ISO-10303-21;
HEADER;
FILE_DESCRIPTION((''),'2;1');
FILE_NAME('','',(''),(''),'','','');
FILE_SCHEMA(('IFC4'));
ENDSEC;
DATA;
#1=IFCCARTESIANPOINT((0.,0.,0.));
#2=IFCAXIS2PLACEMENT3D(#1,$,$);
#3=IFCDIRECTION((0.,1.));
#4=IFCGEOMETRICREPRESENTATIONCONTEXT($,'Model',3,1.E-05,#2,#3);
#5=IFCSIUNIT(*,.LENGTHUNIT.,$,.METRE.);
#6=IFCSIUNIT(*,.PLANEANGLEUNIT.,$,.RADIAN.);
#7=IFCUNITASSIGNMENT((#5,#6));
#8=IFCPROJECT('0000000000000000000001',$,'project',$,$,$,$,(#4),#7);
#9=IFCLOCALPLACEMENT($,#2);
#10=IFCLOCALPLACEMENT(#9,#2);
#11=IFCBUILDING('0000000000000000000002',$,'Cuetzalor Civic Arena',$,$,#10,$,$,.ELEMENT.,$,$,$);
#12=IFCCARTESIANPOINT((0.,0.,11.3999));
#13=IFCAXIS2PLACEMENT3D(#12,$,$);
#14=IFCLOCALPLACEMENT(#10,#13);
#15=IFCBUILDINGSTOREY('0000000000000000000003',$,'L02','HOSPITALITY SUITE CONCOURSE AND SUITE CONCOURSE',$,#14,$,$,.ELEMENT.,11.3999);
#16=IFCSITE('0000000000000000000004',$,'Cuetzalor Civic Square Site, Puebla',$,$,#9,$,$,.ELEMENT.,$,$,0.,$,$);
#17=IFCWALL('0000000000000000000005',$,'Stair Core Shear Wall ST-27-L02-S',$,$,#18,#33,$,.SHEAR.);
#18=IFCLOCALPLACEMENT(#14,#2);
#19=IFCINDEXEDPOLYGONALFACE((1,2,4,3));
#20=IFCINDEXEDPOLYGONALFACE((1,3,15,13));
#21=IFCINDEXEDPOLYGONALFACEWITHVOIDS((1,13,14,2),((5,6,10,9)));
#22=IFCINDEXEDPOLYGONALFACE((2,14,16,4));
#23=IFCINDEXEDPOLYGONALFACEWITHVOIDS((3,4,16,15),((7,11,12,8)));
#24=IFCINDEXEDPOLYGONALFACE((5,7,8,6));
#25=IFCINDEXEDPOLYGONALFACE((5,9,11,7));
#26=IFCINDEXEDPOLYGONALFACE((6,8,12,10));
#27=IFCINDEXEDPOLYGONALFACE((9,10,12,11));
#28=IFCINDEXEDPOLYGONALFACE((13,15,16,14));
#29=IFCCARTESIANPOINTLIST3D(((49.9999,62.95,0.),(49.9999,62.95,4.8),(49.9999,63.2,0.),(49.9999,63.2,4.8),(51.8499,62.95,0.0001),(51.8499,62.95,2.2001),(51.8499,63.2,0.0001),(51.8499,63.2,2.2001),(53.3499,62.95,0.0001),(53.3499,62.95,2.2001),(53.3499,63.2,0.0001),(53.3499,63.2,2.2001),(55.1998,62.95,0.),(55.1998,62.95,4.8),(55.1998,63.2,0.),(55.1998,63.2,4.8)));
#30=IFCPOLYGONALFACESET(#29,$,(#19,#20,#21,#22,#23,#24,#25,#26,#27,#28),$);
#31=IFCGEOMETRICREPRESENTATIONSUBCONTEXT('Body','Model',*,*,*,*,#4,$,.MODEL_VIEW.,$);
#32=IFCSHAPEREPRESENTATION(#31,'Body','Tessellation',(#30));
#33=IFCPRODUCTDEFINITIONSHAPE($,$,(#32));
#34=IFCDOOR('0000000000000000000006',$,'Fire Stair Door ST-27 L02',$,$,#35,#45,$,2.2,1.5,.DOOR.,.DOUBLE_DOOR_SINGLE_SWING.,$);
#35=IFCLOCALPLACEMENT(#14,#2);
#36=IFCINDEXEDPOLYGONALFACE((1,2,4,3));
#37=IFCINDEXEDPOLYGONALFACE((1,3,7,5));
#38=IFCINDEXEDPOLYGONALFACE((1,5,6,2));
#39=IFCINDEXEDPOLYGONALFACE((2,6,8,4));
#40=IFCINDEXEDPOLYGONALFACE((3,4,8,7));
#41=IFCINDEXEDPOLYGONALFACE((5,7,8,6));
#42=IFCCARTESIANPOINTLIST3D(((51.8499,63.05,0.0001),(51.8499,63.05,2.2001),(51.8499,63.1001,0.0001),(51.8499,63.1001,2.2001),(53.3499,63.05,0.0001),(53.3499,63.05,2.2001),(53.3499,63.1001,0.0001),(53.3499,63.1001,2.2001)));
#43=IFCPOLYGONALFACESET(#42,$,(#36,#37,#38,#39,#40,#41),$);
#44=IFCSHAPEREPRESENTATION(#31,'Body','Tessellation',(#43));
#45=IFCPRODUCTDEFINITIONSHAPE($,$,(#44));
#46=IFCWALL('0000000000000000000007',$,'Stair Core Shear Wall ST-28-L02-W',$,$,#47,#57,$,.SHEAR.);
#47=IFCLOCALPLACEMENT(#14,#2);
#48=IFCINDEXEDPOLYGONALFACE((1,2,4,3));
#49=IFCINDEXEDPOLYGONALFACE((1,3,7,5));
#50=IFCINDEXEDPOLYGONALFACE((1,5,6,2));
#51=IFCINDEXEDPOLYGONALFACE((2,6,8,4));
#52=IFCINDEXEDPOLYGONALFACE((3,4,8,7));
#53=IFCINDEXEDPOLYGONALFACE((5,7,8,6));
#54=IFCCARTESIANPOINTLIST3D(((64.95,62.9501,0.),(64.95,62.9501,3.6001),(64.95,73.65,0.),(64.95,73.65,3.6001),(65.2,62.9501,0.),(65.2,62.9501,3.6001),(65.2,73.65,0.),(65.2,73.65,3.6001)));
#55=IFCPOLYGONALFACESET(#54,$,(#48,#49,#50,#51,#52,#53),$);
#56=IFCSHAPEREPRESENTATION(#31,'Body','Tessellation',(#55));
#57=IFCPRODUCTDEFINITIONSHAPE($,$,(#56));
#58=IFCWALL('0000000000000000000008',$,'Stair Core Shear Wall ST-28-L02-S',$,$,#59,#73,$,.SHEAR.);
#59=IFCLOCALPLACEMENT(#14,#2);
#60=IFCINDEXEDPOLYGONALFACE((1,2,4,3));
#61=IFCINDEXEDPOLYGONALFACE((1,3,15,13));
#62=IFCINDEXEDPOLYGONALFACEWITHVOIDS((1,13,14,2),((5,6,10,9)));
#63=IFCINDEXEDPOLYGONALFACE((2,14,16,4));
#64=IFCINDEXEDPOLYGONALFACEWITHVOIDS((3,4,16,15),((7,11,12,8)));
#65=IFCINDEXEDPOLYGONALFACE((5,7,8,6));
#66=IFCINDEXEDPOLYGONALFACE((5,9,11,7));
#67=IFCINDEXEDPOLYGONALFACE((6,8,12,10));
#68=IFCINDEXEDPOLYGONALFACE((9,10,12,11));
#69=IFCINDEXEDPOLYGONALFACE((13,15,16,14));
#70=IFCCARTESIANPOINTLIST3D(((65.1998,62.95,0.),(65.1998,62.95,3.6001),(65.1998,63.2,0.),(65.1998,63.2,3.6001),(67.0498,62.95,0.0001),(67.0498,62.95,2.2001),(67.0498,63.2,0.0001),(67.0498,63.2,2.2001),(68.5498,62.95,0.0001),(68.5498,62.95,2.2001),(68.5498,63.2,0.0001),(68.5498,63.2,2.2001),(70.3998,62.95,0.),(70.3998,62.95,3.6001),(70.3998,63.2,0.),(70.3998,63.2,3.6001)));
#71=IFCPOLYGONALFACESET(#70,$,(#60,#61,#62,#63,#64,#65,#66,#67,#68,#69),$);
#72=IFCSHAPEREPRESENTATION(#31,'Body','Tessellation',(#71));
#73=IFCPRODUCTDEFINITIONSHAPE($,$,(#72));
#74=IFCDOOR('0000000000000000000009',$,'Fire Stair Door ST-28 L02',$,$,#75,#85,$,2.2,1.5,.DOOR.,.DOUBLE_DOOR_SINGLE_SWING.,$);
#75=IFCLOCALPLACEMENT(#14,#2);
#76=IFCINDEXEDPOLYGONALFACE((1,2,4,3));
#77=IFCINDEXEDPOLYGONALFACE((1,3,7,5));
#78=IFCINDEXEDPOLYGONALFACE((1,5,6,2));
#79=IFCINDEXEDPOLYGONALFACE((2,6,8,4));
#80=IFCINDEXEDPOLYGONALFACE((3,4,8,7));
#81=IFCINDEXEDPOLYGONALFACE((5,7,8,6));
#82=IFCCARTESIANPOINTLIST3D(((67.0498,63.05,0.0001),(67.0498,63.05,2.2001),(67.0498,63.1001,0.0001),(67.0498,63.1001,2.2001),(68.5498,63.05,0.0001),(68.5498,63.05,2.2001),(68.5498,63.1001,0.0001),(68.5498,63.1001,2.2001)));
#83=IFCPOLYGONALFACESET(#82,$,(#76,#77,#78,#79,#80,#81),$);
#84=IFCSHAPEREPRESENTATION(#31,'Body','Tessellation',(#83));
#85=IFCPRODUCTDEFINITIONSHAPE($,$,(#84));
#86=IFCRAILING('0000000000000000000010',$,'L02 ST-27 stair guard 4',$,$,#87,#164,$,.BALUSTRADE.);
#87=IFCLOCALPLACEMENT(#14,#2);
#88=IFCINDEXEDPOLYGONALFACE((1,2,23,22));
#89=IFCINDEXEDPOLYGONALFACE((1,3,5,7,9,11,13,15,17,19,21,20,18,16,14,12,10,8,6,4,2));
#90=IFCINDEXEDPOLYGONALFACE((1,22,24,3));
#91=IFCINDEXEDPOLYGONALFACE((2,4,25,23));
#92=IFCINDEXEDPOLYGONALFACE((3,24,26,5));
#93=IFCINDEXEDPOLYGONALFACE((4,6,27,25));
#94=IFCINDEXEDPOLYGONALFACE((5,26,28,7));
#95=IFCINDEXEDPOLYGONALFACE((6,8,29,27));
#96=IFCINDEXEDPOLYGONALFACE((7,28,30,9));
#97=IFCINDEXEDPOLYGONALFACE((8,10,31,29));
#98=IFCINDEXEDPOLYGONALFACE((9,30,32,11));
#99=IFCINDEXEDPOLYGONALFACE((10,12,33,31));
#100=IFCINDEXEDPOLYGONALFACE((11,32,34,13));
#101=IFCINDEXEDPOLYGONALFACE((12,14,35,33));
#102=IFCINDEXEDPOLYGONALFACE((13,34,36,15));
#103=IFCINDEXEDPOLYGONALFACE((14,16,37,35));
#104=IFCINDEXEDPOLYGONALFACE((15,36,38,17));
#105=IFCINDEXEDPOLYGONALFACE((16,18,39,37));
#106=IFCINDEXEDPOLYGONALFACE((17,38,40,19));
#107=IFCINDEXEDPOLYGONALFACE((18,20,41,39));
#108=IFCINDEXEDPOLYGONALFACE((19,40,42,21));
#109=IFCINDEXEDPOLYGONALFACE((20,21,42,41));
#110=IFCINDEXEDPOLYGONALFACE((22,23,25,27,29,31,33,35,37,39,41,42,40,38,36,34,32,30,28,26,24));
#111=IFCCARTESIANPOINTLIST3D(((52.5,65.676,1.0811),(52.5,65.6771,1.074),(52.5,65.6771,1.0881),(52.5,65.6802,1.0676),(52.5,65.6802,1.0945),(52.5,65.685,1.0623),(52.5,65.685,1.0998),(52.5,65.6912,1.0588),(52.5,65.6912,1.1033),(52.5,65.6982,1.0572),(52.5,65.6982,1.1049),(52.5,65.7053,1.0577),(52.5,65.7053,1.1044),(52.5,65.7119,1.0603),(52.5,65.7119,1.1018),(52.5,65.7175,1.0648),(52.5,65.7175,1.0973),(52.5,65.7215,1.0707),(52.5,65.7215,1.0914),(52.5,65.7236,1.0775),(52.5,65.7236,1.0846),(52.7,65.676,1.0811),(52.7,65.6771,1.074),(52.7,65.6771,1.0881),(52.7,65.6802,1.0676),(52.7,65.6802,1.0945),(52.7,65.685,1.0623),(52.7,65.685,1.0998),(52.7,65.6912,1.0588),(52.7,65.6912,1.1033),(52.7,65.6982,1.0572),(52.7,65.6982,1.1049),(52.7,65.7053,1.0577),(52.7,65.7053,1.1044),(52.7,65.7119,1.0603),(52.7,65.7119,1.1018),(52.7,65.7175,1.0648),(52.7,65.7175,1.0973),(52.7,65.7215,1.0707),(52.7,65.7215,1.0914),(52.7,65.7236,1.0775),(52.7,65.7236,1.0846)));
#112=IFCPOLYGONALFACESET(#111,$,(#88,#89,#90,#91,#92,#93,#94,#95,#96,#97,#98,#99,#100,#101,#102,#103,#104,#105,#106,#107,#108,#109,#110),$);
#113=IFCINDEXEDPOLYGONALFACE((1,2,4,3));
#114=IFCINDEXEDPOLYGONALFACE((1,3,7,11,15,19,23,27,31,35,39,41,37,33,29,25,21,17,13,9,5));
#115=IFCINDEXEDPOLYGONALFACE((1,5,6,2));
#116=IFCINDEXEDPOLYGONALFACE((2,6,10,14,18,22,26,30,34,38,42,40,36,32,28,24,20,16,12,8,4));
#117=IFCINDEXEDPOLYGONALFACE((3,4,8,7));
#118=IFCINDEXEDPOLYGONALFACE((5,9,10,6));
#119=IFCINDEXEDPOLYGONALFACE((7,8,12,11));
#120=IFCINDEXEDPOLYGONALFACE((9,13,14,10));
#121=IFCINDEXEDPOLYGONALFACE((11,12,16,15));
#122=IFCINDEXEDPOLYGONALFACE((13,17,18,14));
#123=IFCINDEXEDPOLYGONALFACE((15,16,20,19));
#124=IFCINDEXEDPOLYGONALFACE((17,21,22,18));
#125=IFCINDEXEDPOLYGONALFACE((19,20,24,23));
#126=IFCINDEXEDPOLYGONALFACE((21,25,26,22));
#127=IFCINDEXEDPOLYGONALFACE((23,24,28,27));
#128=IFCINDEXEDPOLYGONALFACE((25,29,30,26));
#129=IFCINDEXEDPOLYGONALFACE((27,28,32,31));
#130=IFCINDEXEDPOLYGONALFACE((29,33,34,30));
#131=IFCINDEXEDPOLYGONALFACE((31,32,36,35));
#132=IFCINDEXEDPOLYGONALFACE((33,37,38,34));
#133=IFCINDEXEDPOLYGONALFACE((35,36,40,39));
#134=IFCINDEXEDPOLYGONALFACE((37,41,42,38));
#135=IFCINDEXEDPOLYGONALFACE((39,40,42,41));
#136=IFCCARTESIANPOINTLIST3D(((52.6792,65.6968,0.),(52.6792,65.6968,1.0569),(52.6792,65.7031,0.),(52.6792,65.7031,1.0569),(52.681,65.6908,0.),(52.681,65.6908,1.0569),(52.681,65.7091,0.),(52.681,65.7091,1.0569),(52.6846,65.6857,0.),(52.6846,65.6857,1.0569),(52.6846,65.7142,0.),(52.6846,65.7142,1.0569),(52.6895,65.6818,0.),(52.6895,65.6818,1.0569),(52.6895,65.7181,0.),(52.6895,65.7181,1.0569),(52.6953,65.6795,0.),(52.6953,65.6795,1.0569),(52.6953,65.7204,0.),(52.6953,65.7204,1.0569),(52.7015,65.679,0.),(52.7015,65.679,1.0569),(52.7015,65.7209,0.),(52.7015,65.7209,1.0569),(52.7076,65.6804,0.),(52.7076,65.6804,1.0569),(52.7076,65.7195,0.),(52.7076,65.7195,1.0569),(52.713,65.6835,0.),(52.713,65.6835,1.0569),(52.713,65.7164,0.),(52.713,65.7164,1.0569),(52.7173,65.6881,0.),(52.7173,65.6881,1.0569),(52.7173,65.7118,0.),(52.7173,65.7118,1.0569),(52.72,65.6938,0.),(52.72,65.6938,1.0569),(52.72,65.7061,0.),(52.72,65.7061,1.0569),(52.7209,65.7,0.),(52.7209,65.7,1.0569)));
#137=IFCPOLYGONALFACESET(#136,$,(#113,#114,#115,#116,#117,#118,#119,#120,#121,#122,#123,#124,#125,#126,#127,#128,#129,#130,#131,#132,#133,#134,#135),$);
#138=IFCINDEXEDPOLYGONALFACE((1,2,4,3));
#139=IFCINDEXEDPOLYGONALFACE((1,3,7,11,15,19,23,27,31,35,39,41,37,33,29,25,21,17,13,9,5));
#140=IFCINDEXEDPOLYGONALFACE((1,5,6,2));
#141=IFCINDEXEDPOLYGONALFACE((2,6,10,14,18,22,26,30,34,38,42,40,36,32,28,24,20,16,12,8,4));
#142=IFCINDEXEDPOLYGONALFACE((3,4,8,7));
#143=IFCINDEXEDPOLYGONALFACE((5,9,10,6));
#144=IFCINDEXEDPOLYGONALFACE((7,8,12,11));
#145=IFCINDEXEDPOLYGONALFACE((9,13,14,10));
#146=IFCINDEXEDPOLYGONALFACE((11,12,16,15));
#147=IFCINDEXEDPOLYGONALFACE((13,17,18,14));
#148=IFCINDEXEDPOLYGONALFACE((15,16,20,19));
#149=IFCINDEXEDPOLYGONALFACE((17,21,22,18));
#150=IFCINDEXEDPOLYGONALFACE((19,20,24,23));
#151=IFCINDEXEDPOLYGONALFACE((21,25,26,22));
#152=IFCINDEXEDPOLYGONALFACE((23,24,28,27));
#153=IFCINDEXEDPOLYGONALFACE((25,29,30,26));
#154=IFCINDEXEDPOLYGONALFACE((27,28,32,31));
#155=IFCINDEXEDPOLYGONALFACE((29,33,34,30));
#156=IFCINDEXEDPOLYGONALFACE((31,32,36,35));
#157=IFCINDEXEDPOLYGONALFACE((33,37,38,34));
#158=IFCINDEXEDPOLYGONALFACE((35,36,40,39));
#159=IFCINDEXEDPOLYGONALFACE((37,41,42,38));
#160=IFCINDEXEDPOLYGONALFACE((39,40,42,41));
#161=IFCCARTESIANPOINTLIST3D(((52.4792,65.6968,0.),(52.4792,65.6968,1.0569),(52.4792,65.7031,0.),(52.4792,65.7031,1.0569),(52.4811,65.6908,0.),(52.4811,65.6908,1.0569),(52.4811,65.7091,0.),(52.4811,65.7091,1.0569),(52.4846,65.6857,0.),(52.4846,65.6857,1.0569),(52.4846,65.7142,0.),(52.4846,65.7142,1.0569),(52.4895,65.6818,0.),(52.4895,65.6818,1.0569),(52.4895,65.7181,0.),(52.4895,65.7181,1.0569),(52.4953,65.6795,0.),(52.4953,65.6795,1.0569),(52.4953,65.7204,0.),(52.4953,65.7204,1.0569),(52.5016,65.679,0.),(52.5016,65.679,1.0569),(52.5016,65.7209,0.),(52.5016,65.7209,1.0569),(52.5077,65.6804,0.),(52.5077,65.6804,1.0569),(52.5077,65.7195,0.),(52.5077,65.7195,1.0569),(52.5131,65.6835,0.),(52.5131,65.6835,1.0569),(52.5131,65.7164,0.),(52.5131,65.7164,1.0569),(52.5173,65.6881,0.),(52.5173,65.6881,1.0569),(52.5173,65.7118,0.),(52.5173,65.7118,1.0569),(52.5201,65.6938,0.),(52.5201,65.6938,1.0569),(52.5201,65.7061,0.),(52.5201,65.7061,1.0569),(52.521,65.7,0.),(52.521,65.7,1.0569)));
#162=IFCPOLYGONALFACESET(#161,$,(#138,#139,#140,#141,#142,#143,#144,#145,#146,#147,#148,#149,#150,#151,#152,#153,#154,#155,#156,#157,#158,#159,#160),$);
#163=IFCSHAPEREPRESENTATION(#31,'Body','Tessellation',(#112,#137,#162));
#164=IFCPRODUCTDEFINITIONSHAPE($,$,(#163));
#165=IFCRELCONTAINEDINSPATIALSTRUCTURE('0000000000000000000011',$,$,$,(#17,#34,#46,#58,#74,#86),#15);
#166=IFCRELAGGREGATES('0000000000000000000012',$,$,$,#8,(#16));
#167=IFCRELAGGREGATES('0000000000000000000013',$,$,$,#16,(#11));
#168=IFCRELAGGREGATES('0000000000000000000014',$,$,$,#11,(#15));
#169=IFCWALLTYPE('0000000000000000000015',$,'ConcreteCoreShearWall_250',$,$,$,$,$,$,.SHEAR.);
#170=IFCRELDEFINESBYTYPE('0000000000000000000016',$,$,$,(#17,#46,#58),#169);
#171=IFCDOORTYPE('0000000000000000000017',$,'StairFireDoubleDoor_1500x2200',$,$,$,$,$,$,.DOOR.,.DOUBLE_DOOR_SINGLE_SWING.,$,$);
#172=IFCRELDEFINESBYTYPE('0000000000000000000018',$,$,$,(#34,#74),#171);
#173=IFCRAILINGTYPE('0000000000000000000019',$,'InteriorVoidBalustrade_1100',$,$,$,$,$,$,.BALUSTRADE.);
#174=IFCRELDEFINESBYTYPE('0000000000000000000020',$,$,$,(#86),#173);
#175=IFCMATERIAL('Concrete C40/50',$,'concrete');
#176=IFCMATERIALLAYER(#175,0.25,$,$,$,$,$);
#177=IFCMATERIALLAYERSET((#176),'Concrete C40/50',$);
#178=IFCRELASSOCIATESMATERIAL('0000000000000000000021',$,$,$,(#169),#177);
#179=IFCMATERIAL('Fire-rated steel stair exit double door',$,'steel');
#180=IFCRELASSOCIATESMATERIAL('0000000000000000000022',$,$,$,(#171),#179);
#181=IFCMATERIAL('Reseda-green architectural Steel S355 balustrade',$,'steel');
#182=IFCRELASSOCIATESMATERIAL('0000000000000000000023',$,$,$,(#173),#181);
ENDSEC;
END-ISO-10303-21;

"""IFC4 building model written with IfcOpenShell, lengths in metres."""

from ifc_helpers import new_model, si_unit, direction, frame, frame_2d, origin, origin_2d, place, context, subcontext, project, spatial, rectangle, circle, extrude, material, layer, layer_set, type_object, element, fill, save


model = new_model("IFC4")

# Units and contexts
model_context = context("Model", 3, precision=1e-05, world=origin(), true_north=direction((0.0, 1.0)))
body_context = subcontext(model_context, "Body", "Model", "MODEL_VIEW")
ifc_project = project(units=[si_unit("LENGTHUNIT", "METRE"), si_unit("PLANEANGLEUNIT", "RADIAN")], contexts=[model_context])

# Site, building, storey
site_placement = place(None, origin())
site = spatial("IfcSite", under=ifc_project, at=site_placement, Name="Cuetzalor Civic Square Site, Puebla", CompositionType="ELEMENT", RefElevation=0.0)
building_placement = place(site_placement, origin())
building = spatial("IfcBuilding", under=site, at=building_placement, Name="Cuetzalor Civic Arena", CompositionType="ELEMENT")
storey_placement = place(building_placement, frame((0.0, 0.0, 11.3999)))
storey = spatial("IfcBuildingStorey", under=building, at=storey_placement, Name="L02", Description="HOSPITALITY SUITE CONCOURSE AND SUITE CONCOURSE", CompositionType="ELEMENT", Elevation=11.3999)

# Shared definitions
ifc_material_1 = material(Name="Concrete C40/50", Category="concrete")
ifc_layer_1 = layer(ifc_material_1, 0.25)
ifc_layer_set_1 = layer_set([ifc_layer_1], Name="Concrete C40/50")
wall_type_1 = type_object("IfcWallType", Name="ConcreteCoreShearWall_250", PredefinedType="SHEAR", material=ifc_layer_set_1)

# Wall, opening, door
wall_1_placement = place(storey_placement, frame((55.2, 63.075, 0.0), z_axis=(0.0, 0.0, 1.0), x_axis=(-1.0, 0.0, 0.0)))
wall_1 = element("IfcWall", 1, at=wall_1_placement, inside=storey, type_object=wall_type_1, Name="Stair Core Shear Wall ST-27-L02-S", PredefinedType="SHEAR", context=body_context, shape_type="SweptSolid", body=[
    extrude(rectangle(XDim=5.2, YDim=0.25, at=frame_2d((2.6001, 0.0))), origin(), (0.0, 0.0, 1.0), 4.8),
])
opening_1_placement = place(wall_1_placement, frame((1.8501, 0.0, 0.0)))
opening_1 = element("IfcOpeningElement", 2, at=opening_1_placement, cuts=wall_1, PredefinedType="OPENING", context=body_context, shape_type="SweptSolid", body=[
    extrude(rectangle(XDim=1.5, YDim=2.2, at=frame_2d((0.75, 1.1001))), frame((0.0, 0.135, 0.0), z_axis=(0.0, -1.0, 0.0), x_axis=(1.0, 0.0, 0.0)), (0.0, 0.0, 1.0), 0.27),
])
ifc_material_2 = material(Name="Fire-rated steel stair exit double door", Category="steel")
door_type_1 = type_object("IfcDoorType", Name="StairFireDoubleDoor_1500x2200", OperationType="DOUBLE_DOOR_SINGLE_SWING", PredefinedType="DOOR", material=ifc_material_2)
door_1_placement = place(opening_1_placement, origin())
door_1 = element("IfcDoor", 3, at=door_1_placement, inside=storey, type_object=door_type_1, Name="Fire Stair Door ST-27 L02", OperationType="DOUBLE_DOOR_SINGLE_SWING", OverallHeight=2.2, OverallWidth=1.5, PredefinedType="DOOR", context=body_context, shape_type="SweptSolid", body=[
    extrude(rectangle(XDim=1.5, YDim=2.2, at=frame_2d((0.75, 1.1001))), frame((0.0, 0.0249, 0.0), z_axis=(0.0, -1.0, 0.0), x_axis=(1.0, 0.0, 0.0)), (0.0, 0.0, 1.0), 0.05),
])
fill(opening_1, door_1)

# Wall
wall_2_placement = place(storey_placement, frame((65.075, 62.95, 0.0), z_axis=(0.0, 0.0, 1.0), x_axis=(0.0, 1.0, 0.0)))
element("IfcWall", 4, at=wall_2_placement, inside=storey, type_object=wall_type_1, Name="Stair Core Shear Wall ST-28-L02-W", PredefinedType="SHEAR", context=body_context, shape_type="SweptSolid", body=[
    extrude(rectangle(XDim=10.7, YDim=0.25, at=frame_2d((5.3501, 0.0))), origin(), (0.0, 0.0, 1.0), 3.6001),
])

# Wall, opening, door
wall_3_placement = place(storey_placement, frame((70.3999, 63.075, 0.0), z_axis=(0.0, 0.0, 1.0), x_axis=(-1.0, 0.0, 0.0)))
wall_3 = element("IfcWall", 5, at=wall_3_placement, inside=storey, type_object=wall_type_1, Name="Stair Core Shear Wall ST-28-L02-S", PredefinedType="SHEAR", context=body_context, shape_type="SweptSolid", body=[
    extrude(rectangle(XDim=5.2, YDim=0.25, at=frame_2d((2.6001, 0.0))), origin(), (0.0, 0.0, 1.0), 3.6001),
])
opening_2_placement = place(wall_3_placement, frame((1.8501, 0.0, 0.0)))
opening_2 = element("IfcOpeningElement", 6, at=opening_2_placement, cuts=wall_3, PredefinedType="OPENING", context=body_context, shape_type="SweptSolid", body=[
    extrude(rectangle(XDim=1.5, YDim=2.2, at=frame_2d((0.75, 1.1001))), frame((0.0, 0.135, 0.0), z_axis=(0.0, -1.0, 0.0), x_axis=(1.0, 0.0, 0.0)), (0.0, 0.0, 1.0), 0.27),
])
door_2_placement = place(opening_2_placement, origin())
door_2 = element("IfcDoor", 7, at=door_2_placement, inside=storey, type_object=door_type_1, Name="Fire Stair Door ST-28 L02", OperationType="DOUBLE_DOOR_SINGLE_SWING", OverallHeight=2.2, OverallWidth=1.5, PredefinedType="DOOR", context=body_context, shape_type="SweptSolid", body=[
    extrude(rectangle(XDim=1.5, YDim=2.2, at=frame_2d((0.75, 1.1001))), frame((0.0, 0.0249, 0.0), z_axis=(0.0, -1.0, 0.0), x_axis=(1.0, 0.0, 0.0)), (0.0, 0.0, 1.0), 0.05),
])
fill(opening_2, door_2)

# Railing
ifc_material_3 = material(Name="Reseda-green architectural Steel S355 balustrade", Category="steel")
railing_type = type_object("IfcRailingType", Name="InteriorVoidBalustrade_1100", PredefinedType="BALUSTRADE", material=ifc_material_3)
railing_placement = place(storey_placement, frame((52.7, 65.7, 0.0)))
element("IfcRailing", 8, at=railing_placement, inside=storey, type_object=railing_type, Name="L02 ST-27 stair guard 4", PredefinedType="BALUSTRADE", context=body_context, shape_type="SweptSolid", body=[
    extrude(circle(Radius=0.0239, at=origin_2d()), frame((0.0, 0.0, 1.0811), z_axis=(-1.0, 0.0, 0.0), x_axis=(0.0, -1.0, 0.0)), (0.0, 0.0, 1.0), 0.2),
    extrude(circle(Radius=0.021, at=origin_2d()), origin(), (0.0, 0.0, 1.0), 1.0569),
    extrude(circle(Radius=0.021, at=origin_2d()), frame((-0.2, 0.0, 0.0)), (0.0, 0.0, 1.0), 1.0569),
])

save(model, "model.ifc")
